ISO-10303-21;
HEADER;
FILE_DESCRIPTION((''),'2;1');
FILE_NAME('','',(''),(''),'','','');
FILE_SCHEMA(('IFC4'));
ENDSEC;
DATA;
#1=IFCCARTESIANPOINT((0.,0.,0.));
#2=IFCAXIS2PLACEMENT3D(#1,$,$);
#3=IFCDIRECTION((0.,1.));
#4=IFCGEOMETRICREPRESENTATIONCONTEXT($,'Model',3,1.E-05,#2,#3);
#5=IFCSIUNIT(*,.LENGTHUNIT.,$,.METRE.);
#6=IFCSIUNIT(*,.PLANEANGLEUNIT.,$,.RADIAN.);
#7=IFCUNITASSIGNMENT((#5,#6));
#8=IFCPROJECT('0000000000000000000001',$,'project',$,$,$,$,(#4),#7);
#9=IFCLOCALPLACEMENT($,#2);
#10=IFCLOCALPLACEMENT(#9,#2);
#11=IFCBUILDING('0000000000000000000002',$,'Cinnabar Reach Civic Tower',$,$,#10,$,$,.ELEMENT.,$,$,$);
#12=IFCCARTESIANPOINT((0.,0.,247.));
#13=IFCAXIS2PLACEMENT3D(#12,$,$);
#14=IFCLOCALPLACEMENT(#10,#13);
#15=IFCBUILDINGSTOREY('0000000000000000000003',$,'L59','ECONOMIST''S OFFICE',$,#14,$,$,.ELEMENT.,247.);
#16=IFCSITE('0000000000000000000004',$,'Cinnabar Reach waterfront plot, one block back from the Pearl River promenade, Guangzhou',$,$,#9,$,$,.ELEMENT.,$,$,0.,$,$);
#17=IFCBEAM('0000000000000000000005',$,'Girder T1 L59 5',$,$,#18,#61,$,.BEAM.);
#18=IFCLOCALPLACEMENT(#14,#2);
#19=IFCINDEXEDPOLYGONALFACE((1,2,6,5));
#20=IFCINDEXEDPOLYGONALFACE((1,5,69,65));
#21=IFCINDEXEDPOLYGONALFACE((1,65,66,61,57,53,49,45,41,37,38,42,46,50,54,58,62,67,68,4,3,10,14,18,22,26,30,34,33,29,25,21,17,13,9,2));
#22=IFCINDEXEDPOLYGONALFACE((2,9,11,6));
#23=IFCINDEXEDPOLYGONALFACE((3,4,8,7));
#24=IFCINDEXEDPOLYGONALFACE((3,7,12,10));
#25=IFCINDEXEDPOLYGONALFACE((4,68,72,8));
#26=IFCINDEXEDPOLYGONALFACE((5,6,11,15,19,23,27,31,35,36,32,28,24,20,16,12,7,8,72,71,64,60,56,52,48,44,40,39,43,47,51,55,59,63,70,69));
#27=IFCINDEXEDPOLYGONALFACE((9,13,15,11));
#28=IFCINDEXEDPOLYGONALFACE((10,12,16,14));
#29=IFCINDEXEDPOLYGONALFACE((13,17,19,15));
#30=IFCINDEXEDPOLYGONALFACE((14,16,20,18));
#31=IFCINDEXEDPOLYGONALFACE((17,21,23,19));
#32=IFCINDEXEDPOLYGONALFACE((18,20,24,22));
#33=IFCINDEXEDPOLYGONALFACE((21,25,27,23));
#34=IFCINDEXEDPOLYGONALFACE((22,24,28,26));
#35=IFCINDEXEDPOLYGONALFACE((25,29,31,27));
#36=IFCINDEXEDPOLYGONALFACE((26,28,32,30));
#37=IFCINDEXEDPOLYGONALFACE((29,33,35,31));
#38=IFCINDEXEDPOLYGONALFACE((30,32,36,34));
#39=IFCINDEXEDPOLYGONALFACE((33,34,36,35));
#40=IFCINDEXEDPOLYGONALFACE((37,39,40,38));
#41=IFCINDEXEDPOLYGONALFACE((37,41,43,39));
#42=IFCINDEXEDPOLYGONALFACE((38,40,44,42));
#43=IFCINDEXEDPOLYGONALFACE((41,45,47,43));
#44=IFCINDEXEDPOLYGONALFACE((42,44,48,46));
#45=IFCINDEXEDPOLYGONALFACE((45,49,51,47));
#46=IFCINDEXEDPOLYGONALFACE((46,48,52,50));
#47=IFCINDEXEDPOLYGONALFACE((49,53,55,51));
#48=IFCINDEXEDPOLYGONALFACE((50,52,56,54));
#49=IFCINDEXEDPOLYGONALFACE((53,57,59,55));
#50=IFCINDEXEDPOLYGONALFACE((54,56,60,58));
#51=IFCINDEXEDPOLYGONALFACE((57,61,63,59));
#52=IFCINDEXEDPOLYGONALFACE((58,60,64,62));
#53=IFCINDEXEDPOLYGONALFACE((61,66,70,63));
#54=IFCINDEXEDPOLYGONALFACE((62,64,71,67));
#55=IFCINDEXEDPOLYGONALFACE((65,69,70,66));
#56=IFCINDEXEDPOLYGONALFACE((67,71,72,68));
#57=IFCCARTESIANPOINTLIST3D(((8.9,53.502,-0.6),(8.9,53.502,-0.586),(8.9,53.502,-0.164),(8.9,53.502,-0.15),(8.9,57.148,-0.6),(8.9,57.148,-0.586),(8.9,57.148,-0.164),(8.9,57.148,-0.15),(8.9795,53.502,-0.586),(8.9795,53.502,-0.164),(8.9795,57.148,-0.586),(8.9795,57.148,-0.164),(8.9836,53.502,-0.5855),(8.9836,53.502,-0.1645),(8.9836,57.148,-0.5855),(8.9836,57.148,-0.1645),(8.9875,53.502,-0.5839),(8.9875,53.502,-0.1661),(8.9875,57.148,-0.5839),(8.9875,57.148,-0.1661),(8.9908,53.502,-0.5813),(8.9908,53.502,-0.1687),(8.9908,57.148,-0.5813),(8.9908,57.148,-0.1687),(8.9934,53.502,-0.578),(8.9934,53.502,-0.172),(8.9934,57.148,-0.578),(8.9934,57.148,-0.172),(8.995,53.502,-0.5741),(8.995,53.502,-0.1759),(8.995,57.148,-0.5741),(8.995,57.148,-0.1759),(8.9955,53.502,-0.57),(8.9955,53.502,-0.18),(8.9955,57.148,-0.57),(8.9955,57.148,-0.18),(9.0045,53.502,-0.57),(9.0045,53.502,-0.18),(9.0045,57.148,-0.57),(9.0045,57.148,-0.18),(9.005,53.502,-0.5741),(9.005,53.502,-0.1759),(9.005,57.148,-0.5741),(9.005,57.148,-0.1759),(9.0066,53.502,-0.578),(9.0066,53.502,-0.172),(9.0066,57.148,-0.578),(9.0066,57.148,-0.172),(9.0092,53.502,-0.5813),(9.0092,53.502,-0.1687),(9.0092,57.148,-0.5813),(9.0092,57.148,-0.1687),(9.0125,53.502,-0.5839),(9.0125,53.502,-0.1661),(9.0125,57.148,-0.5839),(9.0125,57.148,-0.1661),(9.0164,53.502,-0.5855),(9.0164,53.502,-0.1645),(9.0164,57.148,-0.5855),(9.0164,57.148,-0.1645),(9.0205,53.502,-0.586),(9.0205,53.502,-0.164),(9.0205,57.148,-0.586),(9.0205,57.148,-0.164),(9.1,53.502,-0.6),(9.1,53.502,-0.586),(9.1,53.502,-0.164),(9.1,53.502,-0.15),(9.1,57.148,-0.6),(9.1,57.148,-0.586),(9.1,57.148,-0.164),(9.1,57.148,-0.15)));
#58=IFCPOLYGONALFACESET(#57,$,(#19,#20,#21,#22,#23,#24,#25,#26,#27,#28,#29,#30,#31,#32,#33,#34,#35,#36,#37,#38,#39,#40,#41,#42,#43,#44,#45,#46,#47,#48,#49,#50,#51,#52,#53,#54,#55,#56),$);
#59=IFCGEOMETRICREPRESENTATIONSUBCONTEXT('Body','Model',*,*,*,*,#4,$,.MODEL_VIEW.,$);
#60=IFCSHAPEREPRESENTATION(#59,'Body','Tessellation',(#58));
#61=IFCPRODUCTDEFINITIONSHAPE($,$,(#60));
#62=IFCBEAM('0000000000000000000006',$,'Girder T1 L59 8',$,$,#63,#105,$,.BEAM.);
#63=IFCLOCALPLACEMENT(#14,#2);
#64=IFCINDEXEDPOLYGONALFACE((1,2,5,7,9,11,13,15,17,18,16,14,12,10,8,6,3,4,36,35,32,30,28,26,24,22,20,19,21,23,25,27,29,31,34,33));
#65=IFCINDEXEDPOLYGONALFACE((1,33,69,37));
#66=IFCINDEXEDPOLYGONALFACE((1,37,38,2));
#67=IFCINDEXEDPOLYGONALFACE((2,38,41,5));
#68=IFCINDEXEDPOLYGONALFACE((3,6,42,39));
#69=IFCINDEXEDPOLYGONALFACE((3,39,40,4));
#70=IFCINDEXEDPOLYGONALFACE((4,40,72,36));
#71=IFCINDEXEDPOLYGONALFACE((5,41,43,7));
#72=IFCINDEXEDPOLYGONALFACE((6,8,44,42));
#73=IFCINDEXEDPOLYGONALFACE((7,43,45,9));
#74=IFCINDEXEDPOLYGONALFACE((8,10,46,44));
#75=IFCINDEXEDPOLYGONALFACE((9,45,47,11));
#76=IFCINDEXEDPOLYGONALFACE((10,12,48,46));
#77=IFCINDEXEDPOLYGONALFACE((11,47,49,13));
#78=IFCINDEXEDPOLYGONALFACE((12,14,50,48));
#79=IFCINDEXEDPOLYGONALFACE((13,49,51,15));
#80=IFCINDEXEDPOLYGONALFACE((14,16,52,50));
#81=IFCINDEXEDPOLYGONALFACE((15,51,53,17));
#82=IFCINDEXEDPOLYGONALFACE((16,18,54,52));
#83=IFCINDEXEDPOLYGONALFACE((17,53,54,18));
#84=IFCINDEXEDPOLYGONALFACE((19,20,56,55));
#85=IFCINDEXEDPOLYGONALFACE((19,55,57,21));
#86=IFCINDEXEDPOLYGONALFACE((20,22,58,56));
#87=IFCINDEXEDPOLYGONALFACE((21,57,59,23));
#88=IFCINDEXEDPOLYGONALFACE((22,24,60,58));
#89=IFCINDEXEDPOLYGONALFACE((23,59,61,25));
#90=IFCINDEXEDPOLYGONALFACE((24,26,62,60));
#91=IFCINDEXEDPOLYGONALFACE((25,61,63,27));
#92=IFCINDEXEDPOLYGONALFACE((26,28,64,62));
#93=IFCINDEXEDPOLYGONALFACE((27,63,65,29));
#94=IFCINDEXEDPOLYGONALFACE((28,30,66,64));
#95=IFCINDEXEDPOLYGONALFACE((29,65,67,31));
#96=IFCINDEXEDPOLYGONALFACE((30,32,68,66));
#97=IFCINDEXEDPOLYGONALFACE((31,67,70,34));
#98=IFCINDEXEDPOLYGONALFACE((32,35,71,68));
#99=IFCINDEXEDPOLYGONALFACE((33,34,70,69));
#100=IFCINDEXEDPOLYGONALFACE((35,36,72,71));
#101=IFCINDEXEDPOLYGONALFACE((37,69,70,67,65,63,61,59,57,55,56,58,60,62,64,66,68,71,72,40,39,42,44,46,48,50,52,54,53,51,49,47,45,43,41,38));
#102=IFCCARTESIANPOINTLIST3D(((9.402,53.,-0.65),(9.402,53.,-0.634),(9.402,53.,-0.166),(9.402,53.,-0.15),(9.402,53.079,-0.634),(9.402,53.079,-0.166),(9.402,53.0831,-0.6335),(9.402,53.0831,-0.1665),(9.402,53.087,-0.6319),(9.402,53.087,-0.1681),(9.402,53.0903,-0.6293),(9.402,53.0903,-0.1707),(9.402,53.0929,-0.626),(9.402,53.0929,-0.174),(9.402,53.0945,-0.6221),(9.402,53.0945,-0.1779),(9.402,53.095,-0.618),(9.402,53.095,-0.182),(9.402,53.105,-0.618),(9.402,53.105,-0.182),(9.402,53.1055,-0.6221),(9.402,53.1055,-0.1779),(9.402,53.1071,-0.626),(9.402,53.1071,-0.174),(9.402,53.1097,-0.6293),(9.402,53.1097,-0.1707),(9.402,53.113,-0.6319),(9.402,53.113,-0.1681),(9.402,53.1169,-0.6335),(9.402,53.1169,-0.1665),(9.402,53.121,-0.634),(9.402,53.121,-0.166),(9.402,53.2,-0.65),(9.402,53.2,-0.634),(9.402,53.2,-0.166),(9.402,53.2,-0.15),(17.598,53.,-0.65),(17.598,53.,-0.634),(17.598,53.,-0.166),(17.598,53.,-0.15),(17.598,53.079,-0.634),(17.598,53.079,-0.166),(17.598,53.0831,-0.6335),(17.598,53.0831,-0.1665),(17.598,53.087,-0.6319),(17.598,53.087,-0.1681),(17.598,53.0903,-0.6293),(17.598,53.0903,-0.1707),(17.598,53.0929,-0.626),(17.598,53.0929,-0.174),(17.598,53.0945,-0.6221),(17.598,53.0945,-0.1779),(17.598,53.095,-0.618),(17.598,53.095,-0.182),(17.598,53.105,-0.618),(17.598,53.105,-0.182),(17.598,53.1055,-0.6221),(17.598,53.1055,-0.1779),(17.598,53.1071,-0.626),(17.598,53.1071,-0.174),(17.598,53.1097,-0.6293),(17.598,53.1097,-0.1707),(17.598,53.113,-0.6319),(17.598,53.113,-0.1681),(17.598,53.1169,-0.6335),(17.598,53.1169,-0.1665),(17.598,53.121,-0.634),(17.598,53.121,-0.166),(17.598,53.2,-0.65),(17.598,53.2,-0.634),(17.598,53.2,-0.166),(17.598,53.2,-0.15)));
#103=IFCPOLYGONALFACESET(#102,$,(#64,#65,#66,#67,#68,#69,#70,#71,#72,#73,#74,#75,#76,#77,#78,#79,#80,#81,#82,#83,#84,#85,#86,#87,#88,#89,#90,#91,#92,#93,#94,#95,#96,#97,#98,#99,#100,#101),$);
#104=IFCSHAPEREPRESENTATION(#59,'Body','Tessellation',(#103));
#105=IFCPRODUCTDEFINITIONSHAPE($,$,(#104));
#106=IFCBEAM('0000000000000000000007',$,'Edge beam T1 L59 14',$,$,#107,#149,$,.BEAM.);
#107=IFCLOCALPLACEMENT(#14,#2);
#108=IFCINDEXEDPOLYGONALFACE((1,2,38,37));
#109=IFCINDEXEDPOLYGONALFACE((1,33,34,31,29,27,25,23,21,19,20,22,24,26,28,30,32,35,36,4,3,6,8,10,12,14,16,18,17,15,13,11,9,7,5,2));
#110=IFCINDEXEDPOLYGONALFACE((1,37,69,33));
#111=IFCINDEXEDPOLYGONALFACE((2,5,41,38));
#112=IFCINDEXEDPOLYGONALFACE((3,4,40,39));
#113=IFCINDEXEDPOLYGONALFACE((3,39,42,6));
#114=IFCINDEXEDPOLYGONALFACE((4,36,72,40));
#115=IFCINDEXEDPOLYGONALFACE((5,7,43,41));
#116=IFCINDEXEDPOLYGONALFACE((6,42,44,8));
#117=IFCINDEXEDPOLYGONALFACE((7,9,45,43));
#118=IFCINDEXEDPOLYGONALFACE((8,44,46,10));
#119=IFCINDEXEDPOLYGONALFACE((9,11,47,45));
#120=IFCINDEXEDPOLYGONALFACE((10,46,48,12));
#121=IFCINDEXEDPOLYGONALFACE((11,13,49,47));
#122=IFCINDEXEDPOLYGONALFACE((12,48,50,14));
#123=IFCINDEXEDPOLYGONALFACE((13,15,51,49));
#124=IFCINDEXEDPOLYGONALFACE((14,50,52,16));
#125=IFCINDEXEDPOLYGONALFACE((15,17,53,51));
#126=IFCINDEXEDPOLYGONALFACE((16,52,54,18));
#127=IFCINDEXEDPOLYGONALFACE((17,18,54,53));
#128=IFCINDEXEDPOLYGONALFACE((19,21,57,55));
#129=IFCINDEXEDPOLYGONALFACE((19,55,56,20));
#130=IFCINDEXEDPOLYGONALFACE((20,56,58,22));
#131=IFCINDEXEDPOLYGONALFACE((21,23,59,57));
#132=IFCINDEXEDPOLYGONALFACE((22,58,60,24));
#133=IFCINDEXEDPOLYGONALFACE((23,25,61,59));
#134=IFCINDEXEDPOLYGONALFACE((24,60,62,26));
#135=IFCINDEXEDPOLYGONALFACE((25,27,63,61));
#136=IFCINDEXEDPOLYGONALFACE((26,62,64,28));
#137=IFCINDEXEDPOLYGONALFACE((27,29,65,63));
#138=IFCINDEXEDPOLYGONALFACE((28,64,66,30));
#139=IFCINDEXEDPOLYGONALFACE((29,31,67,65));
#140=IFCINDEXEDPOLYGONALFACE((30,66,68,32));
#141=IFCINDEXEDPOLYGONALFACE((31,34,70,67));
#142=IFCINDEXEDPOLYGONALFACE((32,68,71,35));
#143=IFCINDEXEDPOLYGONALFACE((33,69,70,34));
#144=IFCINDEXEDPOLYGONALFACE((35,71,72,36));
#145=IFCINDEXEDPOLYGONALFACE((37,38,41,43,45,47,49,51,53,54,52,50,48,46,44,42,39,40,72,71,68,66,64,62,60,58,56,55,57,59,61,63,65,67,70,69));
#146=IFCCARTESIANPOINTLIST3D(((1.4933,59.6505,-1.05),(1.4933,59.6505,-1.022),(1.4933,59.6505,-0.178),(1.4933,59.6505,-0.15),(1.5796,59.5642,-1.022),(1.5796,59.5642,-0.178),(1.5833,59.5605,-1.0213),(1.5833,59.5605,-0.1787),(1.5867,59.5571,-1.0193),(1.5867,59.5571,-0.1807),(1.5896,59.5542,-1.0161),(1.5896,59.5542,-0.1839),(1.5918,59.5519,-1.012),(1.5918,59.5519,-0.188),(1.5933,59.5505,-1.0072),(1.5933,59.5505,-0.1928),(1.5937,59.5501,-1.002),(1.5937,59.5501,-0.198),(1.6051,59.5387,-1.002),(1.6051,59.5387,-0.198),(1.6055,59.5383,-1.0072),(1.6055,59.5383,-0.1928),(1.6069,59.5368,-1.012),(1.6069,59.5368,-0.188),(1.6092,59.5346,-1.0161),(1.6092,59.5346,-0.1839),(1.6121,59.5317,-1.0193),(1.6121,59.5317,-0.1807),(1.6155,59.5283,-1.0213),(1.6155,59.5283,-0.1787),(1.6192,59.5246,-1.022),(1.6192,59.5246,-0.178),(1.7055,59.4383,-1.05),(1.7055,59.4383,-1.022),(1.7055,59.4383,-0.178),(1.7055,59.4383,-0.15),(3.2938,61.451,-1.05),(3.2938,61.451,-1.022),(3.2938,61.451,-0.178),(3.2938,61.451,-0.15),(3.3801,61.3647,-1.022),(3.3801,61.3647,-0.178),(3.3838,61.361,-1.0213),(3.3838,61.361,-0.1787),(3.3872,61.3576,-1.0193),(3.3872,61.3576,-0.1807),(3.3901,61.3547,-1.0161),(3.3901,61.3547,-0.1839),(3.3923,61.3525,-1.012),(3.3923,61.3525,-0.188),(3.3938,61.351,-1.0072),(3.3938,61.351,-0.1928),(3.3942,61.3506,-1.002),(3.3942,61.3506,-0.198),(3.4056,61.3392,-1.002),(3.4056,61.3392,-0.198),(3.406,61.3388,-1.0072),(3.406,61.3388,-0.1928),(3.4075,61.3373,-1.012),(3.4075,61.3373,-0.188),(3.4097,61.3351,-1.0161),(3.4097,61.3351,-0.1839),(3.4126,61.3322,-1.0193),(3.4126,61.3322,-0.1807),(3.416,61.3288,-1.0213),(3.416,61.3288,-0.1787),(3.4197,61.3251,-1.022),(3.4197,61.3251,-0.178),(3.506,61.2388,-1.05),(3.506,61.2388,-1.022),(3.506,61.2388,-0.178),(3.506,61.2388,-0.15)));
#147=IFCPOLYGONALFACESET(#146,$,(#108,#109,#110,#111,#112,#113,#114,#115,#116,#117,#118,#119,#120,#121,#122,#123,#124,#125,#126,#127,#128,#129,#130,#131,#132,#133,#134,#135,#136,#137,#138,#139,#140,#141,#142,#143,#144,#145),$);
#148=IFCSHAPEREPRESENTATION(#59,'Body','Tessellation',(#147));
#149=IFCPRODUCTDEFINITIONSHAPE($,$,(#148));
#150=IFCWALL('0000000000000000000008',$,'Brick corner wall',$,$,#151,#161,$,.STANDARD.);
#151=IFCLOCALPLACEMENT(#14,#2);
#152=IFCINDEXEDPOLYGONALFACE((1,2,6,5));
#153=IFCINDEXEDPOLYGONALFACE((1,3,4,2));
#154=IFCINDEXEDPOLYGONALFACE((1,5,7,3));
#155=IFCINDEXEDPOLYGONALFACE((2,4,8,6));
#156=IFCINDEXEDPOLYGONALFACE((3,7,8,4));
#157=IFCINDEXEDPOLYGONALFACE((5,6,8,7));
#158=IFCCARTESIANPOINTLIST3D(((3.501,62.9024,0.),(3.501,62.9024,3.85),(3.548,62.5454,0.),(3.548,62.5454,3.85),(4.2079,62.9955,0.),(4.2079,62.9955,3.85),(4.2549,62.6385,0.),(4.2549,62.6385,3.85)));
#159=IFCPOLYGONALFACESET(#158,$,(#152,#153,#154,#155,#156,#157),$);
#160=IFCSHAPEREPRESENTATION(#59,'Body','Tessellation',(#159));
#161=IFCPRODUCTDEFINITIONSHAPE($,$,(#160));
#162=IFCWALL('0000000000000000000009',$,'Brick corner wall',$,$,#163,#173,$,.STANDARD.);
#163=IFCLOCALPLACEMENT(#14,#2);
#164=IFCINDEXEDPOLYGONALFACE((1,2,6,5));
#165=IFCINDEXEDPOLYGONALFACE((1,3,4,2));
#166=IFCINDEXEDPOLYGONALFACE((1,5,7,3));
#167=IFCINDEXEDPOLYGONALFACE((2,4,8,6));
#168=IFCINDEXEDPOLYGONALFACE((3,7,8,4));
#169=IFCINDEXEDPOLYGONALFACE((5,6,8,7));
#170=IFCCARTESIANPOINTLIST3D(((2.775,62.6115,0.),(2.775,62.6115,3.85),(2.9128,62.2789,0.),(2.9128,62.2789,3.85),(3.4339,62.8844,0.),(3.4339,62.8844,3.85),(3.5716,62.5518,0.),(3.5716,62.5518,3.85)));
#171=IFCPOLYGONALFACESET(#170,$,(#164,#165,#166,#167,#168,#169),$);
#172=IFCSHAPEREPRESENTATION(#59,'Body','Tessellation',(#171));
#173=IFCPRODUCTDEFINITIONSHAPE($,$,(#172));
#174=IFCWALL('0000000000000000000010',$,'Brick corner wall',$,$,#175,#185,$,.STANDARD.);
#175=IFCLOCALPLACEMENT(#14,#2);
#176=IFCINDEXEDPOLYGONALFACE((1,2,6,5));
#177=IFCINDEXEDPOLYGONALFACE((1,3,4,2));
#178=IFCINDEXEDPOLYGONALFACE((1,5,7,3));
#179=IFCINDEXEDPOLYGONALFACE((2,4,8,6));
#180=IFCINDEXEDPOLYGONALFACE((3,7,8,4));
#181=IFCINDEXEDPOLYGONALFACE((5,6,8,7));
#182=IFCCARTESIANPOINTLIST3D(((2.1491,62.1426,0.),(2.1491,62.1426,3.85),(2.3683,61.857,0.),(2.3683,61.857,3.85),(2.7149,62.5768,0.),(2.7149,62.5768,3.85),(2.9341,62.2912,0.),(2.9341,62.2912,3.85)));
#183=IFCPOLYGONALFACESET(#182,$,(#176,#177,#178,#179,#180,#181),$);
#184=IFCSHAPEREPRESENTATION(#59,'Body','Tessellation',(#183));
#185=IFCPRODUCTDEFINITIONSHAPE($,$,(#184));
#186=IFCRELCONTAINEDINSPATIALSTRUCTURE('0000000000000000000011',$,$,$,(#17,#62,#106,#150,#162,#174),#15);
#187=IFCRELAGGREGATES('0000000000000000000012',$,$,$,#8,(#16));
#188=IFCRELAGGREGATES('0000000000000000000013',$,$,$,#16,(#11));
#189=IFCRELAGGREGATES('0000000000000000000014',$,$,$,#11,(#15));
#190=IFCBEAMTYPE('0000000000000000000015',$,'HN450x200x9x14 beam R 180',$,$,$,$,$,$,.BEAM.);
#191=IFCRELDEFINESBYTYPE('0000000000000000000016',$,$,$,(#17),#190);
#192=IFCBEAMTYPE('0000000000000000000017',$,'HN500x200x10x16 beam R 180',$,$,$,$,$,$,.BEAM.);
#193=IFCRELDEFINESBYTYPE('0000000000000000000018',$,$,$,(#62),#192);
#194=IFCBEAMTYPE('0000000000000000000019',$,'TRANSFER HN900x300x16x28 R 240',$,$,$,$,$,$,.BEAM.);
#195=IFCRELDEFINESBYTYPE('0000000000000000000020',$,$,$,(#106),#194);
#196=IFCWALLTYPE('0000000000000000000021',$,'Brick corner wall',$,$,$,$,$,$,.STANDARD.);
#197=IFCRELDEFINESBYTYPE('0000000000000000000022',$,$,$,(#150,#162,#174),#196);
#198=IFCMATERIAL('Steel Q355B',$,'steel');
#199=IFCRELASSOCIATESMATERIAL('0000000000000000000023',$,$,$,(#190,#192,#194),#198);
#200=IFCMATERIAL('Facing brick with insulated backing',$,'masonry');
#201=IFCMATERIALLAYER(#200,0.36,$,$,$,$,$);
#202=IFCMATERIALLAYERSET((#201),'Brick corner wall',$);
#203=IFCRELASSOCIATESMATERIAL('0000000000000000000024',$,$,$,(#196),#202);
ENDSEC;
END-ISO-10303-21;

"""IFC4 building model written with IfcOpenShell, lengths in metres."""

from ifc_helpers import new_model, si_unit, direction, frame, frame_2d, origin, origin_2d, place, context, subcontext, project, spatial, rectangle, i_section, extrude, material, layer, layer_set, material_profile, profile_set, type_object, element, save


model = new_model("IFC4")

# Units and contexts
model_context = context("Model", 3, precision=1e-05, world=origin(), true_north=direction((0.0, 1.0)))
body_context = subcontext(model_context, "Body", "Model", "MODEL_VIEW")
ifc_project = project(units=[si_unit("LENGTHUNIT", "METRE"), si_unit("PLANEANGLEUNIT", "RADIAN")], contexts=[model_context])

# Site, building, storey
site_placement = place(None, origin())
site = spatial("IfcSite", under=ifc_project, at=site_placement, Name="Cinnabar Reach waterfront plot, one block back from the Pearl River promenade, Guangzhou", CompositionType="ELEMENT", RefElevation=0.0)
building_placement = place(site_placement, origin())
building = spatial("IfcBuilding", under=site, at=building_placement, Name="Cinnabar Reach Civic Tower", CompositionType="ELEMENT")
storey_placement = place(building_placement, frame((0.0, 0.0, 247.0)))
storey = spatial("IfcBuildingStorey", under=building, at=storey_placement, Name="L59", Description="ECONOMIST'S OFFICE", CompositionType="ELEMENT", Elevation=247.0)

# Beams
ifc_material_1 = material(Name="Steel Q355B", Category="steel")
ifc_material_profile_1 = material_profile(ifc_material_1, i_section(OverallWidth=0.2, OverallDepth=0.45, WebThickness=0.009, FlangeThickness=0.014, FilletRadius=0.016, at=origin_2d()), Name="HN450x200x9x14")
ifc_profile_set_1 = profile_set([ifc_material_profile_1], Name="Steel Q355B")
beam_type_1 = type_object("IfcBeamType", Name="HN450x200x9x14 beam R 180", PredefinedType="BEAM", material=ifc_profile_set_1)
beam_1_placement = place(storey_placement, frame((9.0, 53.502, -0.375), z_axis=(0.0, 1.0, 0.0), x_axis=(-1.0, 0.0, 0.0)))
element("IfcBeam", 1, at=beam_1_placement, inside=storey, type_object=beam_type_1, Name="Girder T1 L59 5", PredefinedType="BEAM", context=body_context, shape_type="SweptSolid", body=[
    extrude(i_section(OverallWidth=0.2, OverallDepth=0.45, WebThickness=0.009, FlangeThickness=0.014, FilletRadius=0.016, at=origin_2d()), origin(), (0.0, 0.0, 1.0), 3.646),
])
ifc_material_profile_2 = material_profile(ifc_material_1, i_section(OverallWidth=0.2, OverallDepth=0.5, WebThickness=0.01, FlangeThickness=0.016, FilletRadius=0.016, at=origin_2d()), Name="HN500x200x10x16")
ifc_profile_set_2 = profile_set([ifc_material_profile_2], Name="Steel Q355B")
beam_type_2 = type_object("IfcBeamType", Name="HN500x200x10x16 beam R 180", PredefinedType="BEAM", material=ifc_profile_set_2)
beam_2_placement = place(storey_placement, frame((9.402, 53.1, -0.4), z_axis=(1.0, 0.0, 0.0), x_axis=(0.0, 1.0, 0.0)))
element("IfcBeam", 2, at=beam_2_placement, inside=storey, type_object=beam_type_2, Name="Girder T1 L59 8", PredefinedType="BEAM", context=body_context, shape_type="SweptSolid", body=[
    extrude(i_section(OverallWidth=0.2, OverallDepth=0.5, WebThickness=0.01, FlangeThickness=0.016, FilletRadius=0.016, at=origin_2d()), origin(), (0.0, 0.0, 1.0), 8.196),
])
ifc_material_profile_3 = material_profile(ifc_material_1, i_section(OverallWidth=0.3, OverallDepth=0.9, WebThickness=0.016, FlangeThickness=0.028, FilletRadius=0.02, at=origin_2d()), Name="HN900x300x16x28")
ifc_profile_set_3 = profile_set([ifc_material_profile_3], Name="Steel Q355B")
beam_type_3 = type_object("IfcBeamType", Name="TRANSFER HN900x300x16x28 R 240", PredefinedType="BEAM", material=ifc_profile_set_3)
beam_3_placement = place(storey_placement, frame((3.3999, 61.3449, -0.6), z_axis=(-0.707107, -0.707107, 0.0), x_axis=(0.707107, -0.707107, 0.0)))
element("IfcBeam", 3, at=beam_3_placement, inside=storey, type_object=beam_type_3, Name="Edge beam T1 L59 14", PredefinedType="BEAM", context=body_context, shape_type="SweptSolid", body=[
    extrude(i_section(OverallWidth=0.3, OverallDepth=0.9, WebThickness=0.016, FlangeThickness=0.028, FilletRadius=0.02, at=origin_2d()), origin(), (0.0, 0.0, 1.0), 2.5463),
])

# Walls
ifc_material_2 = material(Name="Facing brick with insulated backing", Category="masonry")
ifc_layer_1 = layer(ifc_material_2, 0.36)
ifc_layer_set_1 = layer_set([ifc_layer_1], Name="Brick corner wall")
wall_type_1 = type_object("IfcWallType", Name="Brick corner wall", PredefinedType="STANDARD", material=ifc_layer_set_1)
for number, where, z_axis, x_axis, name in (
    (4, (4.2314, 62.817, 0.0), (0.0, 0.0, 1.0), (-0.991441, -0.130556, 0.0), "Brick corner wall"),
    (5, (3.5027, 62.7181, 0.0), (0.0, 0.0, 1.0), (-0.923872, -0.382703, 0.0), "Brick corner wall"),
):
    element("IfcWall", number, at=place(storey_placement, frame(where, z_axis=z_axis, x_axis=x_axis)), inside=storey, type_object=wall_type_1, Name=name, PredefinedType="STANDARD", context=body_context, shape_type="SweptSolid", body=[
        extrude(rectangle(XDim=0.7131, YDim=0.36, at=frame_2d((0.3565, 0.0))), origin(), (0.0, 0.0, 1.0), 3.85),
    ])
wall_1_placement = place(storey_placement, frame((2.8245, 62.434, 0.0), z_axis=(0.0, 0.0, 1.0), x_axis=(-0.793322, -0.608802, 0.0)))
element("IfcWall", 6, at=wall_1_placement, inside=storey, type_object=wall_type_1, Name="Brick corner wall", PredefinedType="STANDARD", context=body_context, shape_type="SweptSolid", body=[
    extrude(rectangle(XDim=0.7132, YDim=0.36, at=frame_2d((0.3566, 0.0))), origin(), (0.0, 0.0, 1.0), 3.85),
])

save(model, "model.ifc")
